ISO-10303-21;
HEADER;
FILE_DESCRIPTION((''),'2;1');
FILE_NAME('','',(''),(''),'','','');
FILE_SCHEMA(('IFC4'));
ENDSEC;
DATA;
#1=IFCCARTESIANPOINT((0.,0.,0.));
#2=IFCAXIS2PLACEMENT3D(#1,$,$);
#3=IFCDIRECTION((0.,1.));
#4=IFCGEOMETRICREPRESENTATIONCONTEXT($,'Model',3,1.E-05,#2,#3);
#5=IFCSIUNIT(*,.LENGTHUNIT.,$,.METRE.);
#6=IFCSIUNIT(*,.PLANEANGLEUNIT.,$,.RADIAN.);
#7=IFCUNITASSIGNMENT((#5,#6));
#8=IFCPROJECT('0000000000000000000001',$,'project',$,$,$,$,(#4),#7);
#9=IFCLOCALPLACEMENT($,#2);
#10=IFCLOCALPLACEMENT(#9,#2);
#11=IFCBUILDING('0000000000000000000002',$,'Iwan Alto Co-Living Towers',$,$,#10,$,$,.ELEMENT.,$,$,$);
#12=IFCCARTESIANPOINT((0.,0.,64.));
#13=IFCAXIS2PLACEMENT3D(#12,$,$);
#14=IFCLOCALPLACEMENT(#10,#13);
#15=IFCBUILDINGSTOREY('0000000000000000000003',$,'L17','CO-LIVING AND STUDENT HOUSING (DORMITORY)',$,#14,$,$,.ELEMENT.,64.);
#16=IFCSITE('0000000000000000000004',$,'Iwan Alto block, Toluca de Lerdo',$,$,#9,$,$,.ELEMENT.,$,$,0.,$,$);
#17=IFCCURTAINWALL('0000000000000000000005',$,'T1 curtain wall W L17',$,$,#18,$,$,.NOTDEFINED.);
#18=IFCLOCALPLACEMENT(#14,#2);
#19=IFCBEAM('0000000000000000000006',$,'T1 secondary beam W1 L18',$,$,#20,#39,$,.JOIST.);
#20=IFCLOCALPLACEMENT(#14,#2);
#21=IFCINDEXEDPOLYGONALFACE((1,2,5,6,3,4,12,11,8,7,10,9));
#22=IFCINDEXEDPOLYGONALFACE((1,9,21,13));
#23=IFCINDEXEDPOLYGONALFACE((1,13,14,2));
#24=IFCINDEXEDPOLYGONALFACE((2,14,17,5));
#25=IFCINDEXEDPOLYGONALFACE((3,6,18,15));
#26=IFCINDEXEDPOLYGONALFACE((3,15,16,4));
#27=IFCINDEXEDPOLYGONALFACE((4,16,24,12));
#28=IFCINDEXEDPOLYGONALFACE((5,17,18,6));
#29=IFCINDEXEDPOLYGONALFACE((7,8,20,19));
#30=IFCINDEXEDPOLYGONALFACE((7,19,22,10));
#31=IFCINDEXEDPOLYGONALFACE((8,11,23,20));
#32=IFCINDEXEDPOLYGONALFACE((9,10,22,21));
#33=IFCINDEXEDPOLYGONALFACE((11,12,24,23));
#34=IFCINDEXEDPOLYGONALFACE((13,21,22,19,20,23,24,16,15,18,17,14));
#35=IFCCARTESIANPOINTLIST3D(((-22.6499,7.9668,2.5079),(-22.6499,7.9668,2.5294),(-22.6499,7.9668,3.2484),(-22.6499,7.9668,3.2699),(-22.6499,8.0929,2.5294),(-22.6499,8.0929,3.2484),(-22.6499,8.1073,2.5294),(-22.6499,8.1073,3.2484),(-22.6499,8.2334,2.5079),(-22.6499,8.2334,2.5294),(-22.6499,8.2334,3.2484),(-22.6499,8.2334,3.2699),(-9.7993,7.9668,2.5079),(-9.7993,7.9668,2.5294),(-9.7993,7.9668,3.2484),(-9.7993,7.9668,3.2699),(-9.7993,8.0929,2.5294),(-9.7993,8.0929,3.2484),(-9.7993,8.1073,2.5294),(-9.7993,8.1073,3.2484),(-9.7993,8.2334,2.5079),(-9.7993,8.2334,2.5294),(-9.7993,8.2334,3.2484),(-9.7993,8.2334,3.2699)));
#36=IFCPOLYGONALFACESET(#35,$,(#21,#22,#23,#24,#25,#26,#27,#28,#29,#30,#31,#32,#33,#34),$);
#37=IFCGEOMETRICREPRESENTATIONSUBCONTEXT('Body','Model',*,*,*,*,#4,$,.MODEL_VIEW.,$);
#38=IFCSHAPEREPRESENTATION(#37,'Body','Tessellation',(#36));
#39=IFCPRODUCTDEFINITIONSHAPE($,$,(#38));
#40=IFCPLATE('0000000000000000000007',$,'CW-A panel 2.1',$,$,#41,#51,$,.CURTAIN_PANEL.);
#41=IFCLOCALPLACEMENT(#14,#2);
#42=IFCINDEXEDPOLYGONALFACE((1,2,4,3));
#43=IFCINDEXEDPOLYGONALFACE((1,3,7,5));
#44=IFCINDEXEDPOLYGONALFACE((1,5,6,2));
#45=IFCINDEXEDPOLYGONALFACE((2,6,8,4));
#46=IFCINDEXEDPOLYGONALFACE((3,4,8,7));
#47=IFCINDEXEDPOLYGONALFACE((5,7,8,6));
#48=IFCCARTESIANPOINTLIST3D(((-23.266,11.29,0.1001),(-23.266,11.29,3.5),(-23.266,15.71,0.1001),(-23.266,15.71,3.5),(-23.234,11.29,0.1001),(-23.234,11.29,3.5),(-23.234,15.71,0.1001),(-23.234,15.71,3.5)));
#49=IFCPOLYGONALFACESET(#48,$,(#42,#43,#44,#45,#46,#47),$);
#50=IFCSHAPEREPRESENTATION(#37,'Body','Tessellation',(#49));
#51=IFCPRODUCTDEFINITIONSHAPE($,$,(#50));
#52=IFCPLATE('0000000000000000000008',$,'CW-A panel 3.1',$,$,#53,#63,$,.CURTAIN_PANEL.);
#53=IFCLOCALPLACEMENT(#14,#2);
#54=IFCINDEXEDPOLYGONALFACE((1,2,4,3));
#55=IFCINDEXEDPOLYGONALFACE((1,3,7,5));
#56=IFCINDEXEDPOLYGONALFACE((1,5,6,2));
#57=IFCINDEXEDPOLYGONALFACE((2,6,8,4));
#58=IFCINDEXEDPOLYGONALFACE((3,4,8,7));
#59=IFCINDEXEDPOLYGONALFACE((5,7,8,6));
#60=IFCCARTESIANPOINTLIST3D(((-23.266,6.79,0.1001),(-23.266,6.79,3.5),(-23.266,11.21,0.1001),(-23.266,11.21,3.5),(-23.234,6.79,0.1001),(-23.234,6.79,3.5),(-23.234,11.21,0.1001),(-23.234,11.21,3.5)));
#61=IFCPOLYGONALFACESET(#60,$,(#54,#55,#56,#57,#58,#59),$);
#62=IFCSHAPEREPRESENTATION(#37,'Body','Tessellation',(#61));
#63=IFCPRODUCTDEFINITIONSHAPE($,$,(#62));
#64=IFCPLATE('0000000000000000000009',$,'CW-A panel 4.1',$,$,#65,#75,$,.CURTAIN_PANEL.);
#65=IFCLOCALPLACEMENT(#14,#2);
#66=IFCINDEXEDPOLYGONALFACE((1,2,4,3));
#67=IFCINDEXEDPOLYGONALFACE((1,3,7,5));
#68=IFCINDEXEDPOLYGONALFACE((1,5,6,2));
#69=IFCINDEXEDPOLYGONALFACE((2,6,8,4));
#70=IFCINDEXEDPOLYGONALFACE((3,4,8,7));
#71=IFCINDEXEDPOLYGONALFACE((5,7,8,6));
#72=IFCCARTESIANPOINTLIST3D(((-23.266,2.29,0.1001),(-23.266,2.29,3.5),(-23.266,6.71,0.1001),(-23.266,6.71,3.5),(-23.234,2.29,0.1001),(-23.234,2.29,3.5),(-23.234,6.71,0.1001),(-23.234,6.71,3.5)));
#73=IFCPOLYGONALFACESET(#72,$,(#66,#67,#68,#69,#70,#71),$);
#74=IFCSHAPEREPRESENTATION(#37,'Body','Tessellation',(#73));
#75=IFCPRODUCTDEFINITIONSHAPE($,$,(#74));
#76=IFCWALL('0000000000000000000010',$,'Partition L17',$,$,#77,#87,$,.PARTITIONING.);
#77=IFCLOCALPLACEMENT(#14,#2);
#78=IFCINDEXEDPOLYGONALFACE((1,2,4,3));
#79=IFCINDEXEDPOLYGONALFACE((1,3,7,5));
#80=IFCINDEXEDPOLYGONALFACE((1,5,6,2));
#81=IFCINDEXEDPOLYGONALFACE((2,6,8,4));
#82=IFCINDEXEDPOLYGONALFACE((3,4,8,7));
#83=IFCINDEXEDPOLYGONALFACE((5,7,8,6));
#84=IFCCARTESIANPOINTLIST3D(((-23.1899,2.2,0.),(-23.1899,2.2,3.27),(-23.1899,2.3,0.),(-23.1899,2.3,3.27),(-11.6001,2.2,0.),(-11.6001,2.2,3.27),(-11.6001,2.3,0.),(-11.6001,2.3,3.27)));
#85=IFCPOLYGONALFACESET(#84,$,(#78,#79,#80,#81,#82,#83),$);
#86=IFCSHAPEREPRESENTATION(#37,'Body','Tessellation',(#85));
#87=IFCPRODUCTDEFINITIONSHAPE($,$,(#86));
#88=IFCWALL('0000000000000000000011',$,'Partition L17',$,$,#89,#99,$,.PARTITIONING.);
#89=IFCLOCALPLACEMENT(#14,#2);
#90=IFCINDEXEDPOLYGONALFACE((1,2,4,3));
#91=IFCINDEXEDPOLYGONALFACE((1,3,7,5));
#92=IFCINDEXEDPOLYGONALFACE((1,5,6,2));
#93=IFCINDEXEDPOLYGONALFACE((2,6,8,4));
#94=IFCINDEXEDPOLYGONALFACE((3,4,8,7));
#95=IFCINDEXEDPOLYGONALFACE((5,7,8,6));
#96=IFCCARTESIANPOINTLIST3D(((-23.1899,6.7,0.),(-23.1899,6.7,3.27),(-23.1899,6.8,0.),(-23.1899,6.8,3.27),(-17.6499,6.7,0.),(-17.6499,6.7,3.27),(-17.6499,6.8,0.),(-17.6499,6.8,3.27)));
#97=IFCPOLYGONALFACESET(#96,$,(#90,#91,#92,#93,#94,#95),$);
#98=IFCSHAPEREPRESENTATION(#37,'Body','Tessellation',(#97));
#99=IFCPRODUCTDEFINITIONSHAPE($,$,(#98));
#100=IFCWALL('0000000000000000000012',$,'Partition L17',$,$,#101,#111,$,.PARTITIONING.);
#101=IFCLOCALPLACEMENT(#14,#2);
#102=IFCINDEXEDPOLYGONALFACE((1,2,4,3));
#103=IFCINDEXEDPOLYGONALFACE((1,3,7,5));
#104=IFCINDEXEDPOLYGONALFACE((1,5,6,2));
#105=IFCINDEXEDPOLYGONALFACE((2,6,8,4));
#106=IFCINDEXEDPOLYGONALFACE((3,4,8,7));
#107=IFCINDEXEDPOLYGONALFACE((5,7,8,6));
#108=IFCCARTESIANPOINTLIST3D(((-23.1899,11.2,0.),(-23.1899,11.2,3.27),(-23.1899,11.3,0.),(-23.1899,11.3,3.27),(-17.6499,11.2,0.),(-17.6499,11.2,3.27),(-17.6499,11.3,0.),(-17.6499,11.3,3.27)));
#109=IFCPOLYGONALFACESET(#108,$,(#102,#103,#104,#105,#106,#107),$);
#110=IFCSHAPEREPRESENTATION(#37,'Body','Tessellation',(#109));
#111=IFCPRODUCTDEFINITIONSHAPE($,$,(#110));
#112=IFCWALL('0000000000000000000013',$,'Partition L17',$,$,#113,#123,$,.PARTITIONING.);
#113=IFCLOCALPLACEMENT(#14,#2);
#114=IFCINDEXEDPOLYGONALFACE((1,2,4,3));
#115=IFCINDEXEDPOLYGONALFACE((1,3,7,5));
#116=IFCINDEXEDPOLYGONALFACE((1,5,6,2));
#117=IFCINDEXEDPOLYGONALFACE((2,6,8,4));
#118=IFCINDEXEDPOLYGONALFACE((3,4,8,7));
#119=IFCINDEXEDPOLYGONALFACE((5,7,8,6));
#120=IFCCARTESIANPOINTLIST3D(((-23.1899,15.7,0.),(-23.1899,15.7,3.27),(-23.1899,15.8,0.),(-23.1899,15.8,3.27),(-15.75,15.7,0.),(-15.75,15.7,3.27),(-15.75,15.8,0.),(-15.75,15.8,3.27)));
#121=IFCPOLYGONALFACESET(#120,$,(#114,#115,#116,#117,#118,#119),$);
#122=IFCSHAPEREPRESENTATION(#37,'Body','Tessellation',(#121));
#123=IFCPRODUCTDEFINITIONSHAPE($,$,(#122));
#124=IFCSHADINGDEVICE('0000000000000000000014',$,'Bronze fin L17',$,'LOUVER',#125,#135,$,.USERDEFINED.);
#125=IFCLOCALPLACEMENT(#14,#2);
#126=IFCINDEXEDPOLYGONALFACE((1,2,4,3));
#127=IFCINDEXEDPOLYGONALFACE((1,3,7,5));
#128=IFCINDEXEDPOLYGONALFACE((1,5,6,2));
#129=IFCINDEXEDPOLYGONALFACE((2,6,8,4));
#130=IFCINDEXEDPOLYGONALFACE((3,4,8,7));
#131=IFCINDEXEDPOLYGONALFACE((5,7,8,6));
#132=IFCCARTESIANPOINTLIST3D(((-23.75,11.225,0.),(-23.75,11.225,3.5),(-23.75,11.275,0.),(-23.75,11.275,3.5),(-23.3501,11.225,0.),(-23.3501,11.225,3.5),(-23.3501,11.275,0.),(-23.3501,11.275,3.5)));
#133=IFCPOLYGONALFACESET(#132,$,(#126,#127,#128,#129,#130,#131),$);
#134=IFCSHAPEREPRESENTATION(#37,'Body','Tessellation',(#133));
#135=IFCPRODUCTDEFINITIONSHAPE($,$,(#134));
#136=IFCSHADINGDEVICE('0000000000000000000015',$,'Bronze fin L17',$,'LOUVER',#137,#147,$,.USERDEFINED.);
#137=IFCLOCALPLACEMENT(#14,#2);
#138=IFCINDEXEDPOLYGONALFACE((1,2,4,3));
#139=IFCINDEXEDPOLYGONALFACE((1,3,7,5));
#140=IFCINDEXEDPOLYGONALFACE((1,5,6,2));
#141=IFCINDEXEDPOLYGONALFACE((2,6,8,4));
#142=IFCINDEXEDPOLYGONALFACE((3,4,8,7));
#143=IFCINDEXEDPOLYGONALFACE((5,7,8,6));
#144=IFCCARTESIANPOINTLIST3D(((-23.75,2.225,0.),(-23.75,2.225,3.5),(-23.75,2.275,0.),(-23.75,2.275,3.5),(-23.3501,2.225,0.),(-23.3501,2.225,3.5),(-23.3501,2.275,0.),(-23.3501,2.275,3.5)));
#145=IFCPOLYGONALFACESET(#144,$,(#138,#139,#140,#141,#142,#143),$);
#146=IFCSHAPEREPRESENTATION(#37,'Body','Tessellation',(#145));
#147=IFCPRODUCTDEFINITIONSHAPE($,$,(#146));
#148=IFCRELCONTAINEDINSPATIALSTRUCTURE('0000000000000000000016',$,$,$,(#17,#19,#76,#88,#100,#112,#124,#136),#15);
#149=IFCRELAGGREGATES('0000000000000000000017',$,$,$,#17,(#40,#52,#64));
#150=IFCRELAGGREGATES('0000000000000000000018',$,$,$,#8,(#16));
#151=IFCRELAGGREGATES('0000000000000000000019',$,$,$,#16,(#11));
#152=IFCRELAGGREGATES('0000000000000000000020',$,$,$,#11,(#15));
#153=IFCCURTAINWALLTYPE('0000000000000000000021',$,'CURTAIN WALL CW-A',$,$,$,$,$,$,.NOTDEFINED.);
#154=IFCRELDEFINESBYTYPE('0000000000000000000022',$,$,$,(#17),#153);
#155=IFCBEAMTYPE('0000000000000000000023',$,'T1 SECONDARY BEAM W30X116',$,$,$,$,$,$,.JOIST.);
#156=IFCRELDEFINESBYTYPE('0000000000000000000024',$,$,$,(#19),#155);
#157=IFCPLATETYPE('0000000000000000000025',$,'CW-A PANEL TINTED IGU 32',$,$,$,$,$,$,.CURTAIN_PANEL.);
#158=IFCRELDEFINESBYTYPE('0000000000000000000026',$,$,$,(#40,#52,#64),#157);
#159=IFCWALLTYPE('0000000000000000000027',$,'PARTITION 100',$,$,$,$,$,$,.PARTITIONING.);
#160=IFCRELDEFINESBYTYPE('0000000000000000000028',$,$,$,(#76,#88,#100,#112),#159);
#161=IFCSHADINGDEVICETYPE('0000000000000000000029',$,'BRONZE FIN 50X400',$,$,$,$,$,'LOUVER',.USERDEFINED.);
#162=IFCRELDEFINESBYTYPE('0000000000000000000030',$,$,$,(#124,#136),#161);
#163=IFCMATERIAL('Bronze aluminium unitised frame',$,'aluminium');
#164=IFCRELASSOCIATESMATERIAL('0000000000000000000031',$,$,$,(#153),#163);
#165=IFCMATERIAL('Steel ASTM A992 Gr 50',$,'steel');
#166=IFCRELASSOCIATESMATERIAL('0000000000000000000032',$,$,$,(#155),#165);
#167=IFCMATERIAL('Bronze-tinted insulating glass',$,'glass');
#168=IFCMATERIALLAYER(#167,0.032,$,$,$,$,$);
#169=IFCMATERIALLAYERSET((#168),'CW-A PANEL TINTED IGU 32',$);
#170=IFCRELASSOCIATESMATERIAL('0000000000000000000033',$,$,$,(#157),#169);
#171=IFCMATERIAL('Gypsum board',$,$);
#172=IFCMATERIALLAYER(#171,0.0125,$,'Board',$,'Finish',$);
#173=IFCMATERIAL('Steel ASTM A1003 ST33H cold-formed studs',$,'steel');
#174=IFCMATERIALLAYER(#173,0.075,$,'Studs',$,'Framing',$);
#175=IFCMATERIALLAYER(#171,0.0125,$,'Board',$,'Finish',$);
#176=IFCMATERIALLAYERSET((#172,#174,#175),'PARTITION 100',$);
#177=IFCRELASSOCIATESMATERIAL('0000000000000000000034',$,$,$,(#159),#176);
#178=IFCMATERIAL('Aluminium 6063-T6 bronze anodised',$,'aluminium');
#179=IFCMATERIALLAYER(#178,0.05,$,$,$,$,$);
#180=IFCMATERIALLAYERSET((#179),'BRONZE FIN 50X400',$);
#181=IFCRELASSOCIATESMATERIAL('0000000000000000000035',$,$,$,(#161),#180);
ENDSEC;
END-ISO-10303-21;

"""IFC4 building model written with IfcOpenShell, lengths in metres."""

from ifc_helpers import new_model, si_unit, direction, frame, frame_2d, origin, origin_2d, place, context, subcontext, project, spatial, rectangle, i_section, extrude, material, layer, layer_set, material_profile, profile_set, type_object, element, aggregate, save


model = new_model("IFC4")

# Units and contexts
model_context = context("Model", 3, precision=1e-05, world=origin(), true_north=direction((0.0, 1.0)))
body_context = subcontext(model_context, "Body", "Model", "MODEL_VIEW")
ifc_project = project(units=[si_unit("LENGTHUNIT", "METRE"), si_unit("PLANEANGLEUNIT", "RADIAN")], contexts=[model_context])

# Site, building, storey
site_placement = place(None, origin())
site = spatial("IfcSite", under=ifc_project, at=site_placement, Name="Iwan Alto block, Toluca de Lerdo", CompositionType="ELEMENT", RefElevation=0.0)
building_placement = place(site_placement, origin())
building = spatial("IfcBuilding", under=site, at=building_placement, Name="Iwan Alto Co-Living Towers", CompositionType="ELEMENT")
storey_placement = place(building_placement, frame((0.0, 0.0, 64.0)))
storey = spatial("IfcBuildingStorey", under=building, at=storey_placement, Name="L17", Description="CO-LIVING AND STUDENT HOUSING (DORMITORY)", CompositionType="ELEMENT", Elevation=64.0)

# Curtain wall
ifc_material_1 = material(Name="Bronze aluminium unitised frame", Category="aluminium")
curtain_wall_type = type_object("IfcCurtainWallType", Name="CURTAIN WALL CW-A", PredefinedType="NOTDEFINED", material=ifc_material_1)
curtain_wall_placement = place(storey_placement, origin())
curtain_wall = element("IfcCurtainWall", 1, at=curtain_wall_placement, inside=storey, type_object=curtain_wall_type, Name="T1 curtain wall W L17", PredefinedType="NOTDEFINED")

# Beam
ifc_material_2 = material(Name="Steel ASTM A992 Gr 50", Category="steel")
ifc_material_profile_1 = material_profile(ifc_material_2, i_section(OverallWidth=0.2666, OverallDepth=0.762, WebThickness=0.0144, FlangeThickness=0.0215, at=origin_2d()), Name="W30X116")
ifc_profile_set_1 = profile_set([ifc_material_profile_1], Name="Steel ASTM A992 Gr 50")
beam_type_1 = type_object("IfcBeamType", Name="T1 SECONDARY BEAM W30X116", PredefinedType="JOIST", material=ifc_profile_set_1)
beam_1_placement = place(storey_placement, frame((-22.6499, 8.1001, 2.8889), z_axis=(1.0, 0.0, 0.0), x_axis=(0.0, 1.0, 0.0)))
element("IfcBeam", 2, at=beam_1_placement, inside=storey, type_object=beam_type_1, Name="T1 secondary beam W1 L18", PredefinedType="JOIST", context=body_context, shape_type="SweptSolid", body=[
    extrude(i_section(OverallWidth=0.2666, OverallDepth=0.762, WebThickness=0.0144, FlangeThickness=0.0215, at=origin_2d()), origin(), (0.0, 0.0, 1.0), 12.8506),
])

# Plates
ifc_material_3 = material(Name="Bronze-tinted insulating glass", Category="glass")
ifc_layer_1 = layer(ifc_material_3, 0.032)
ifc_layer_set_1 = layer_set([ifc_layer_1], Name="CW-A PANEL TINTED IGU 32")
plate_type = type_object("IfcPlateType", Name="CW-A PANEL TINTED IGU 32", PredefinedType="CURTAIN_PANEL", material=ifc_layer_set_1)
plate_1_placement = place(storey_placement, frame((-23.25, 13.5, 0.1001), z_axis=(0.0, 0.0, 1.0), x_axis=(0.0, -1.0, 0.0)))
plate_1 = element("IfcPlate", 3, at=plate_1_placement, type_object=plate_type, Name="CW-A panel 2.1", PredefinedType="CURTAIN_PANEL", context=body_context, shape_type="SweptSolid", body=[
    extrude(rectangle(XDim=4.4199, YDim=0.032, at=origin_2d()), origin(), (0.0, 0.0, 1.0), 3.3999),
])
plate_2_placement = place(storey_placement, frame((-23.25, 9.0, 0.1001), z_axis=(0.0, 0.0, 1.0), x_axis=(0.0, -1.0, 0.0)))
plate_2 = element("IfcPlate", 4, at=plate_2_placement, type_object=plate_type, Name="CW-A panel 3.1", PredefinedType="CURTAIN_PANEL", context=body_context, shape_type="SweptSolid", body=[
    extrude(rectangle(XDim=4.4199, YDim=0.032, at=origin_2d()), origin(), (0.0, 0.0, 1.0), 3.3999),
])
plate_3_placement = place(storey_placement, frame((-23.25, 4.5, 0.1001), z_axis=(0.0, 0.0, 1.0), x_axis=(0.0, -1.0, 0.0)))
plate_3 = element("IfcPlate", 5, at=plate_3_placement, type_object=plate_type, Name="CW-A panel 4.1", PredefinedType="CURTAIN_PANEL", context=body_context, shape_type="SweptSolid", body=[
    extrude(rectangle(XDim=4.4199, YDim=0.032, at=origin_2d()), origin(), (0.0, 0.0, 1.0), 3.3999),
])
aggregate(curtain_wall, [plate_1, plate_2, plate_3])

# Walls
ifc_material_4 = material(Name="Gypsum board")
ifc_layer_2 = layer(ifc_material_4, 0.0125, Name="Board", Category="Finish")
ifc_material_5 = material(Name="Steel ASTM A1003 ST33H cold-formed studs", Category="steel")
ifc_layer_3 = layer(ifc_material_5, 0.075, Name="Studs", Category="Framing")
ifc_layer_4 = layer(ifc_material_4, 0.0125, Name="Board", Category="Finish")
ifc_layer_set_2 = layer_set([ifc_layer_2, ifc_layer_3, ifc_layer_4], Name="PARTITION 100")
wall_type = type_object("IfcWallType", Name="PARTITION 100", PredefinedType="PARTITIONING", material=ifc_layer_set_2)
wall_1_placement = place(storey_placement, frame((-23.1899, 2.25, 0.0), z_axis=(0.0, 0.0, 1.0), x_axis=(1.0, 0.0, 0.0)))
element("IfcWall", 6, at=wall_1_placement, inside=storey, type_object=wall_type, Name="Partition L17", PredefinedType="PARTITIONING", context=body_context, shape_type="SweptSolid", body=[
    extrude(rectangle(XDim=11.5898, YDim=0.1001, at=frame_2d((5.7949, 0.0))), origin(), (0.0, 0.0, 1.0), 3.27),
])
for number, where, z_axis, x_axis, name in (
    (7, (-23.1899, 6.75, 0.0), (0.0, 0.0, 1.0), (1.0, 0.0, 0.0), "Partition L17"),
    (8, (-23.1899, 11.25, 0.0), (0.0, 0.0, 1.0), (1.0, 0.0, 0.0), "Partition L17"),
):
    element("IfcWall", number, at=place(storey_placement, frame(where, z_axis=z_axis, x_axis=x_axis)), inside=storey, type_object=wall_type, Name=name, PredefinedType="PARTITIONING", context=body_context, shape_type="SweptSolid", body=[
        extrude(rectangle(XDim=5.54, YDim=0.1001, at=frame_2d((2.77, 0.0))), origin(), (0.0, 0.0, 1.0), 3.27),
    ])
wall_2_placement = place(storey_placement, frame((-23.1899, 15.75, 0.0), z_axis=(0.0, 0.0, 1.0), x_axis=(1.0, 0.0, 0.0)))
element("IfcWall", 9, at=wall_2_placement, inside=storey, type_object=wall_type, Name="Partition L17", PredefinedType="PARTITIONING", context=body_context, shape_type="SweptSolid", body=[
    extrude(rectangle(XDim=7.4399, YDim=0.1001, at=frame_2d((3.72, 0.0))), origin(), (0.0, 0.0, 1.0), 3.27),
])

# Shading devices
ifc_material_6 = material(Name="Aluminium 6063-T6 bronze anodised", Category="aluminium")
ifc_layer_5 = layer(ifc_material_6, 0.05)
ifc_layer_set_3 = layer_set([ifc_layer_5], Name="BRONZE FIN 50X400")
shading_device_type = type_object("IfcShadingDeviceType", Name="BRONZE FIN 50X400", ElementType="LOUVER", PredefinedType="USERDEFINED", material=ifc_layer_set_3)
for number, where, z_axis, x_axis, name in (
    (10, (-23.55, 11.25, 0.0), (0.0, 0.0, 1.0), (0.0, -1.0, 0.0), "Bronze fin L17"),
    (11, (-23.55, 2.25, 0.0), (0.0, 0.0, 1.0), (0.0, -1.0, 0.0), "Bronze fin L17"),
):
    element("IfcShadingDevice", number, at=place(storey_placement, frame(where, z_axis=z_axis, x_axis=x_axis)), inside=storey, type_object=shading_device_type, Name=name, ObjectType="LOUVER", PredefinedType="USERDEFINED", context=body_context, shape_type="SweptSolid", body=[
        extrude(rectangle(XDim=0.05, YDim=0.3999, at=origin_2d()), origin(), (0.0, 0.0, 1.0), 3.5),
    ])

save(model, "model.ifc")
